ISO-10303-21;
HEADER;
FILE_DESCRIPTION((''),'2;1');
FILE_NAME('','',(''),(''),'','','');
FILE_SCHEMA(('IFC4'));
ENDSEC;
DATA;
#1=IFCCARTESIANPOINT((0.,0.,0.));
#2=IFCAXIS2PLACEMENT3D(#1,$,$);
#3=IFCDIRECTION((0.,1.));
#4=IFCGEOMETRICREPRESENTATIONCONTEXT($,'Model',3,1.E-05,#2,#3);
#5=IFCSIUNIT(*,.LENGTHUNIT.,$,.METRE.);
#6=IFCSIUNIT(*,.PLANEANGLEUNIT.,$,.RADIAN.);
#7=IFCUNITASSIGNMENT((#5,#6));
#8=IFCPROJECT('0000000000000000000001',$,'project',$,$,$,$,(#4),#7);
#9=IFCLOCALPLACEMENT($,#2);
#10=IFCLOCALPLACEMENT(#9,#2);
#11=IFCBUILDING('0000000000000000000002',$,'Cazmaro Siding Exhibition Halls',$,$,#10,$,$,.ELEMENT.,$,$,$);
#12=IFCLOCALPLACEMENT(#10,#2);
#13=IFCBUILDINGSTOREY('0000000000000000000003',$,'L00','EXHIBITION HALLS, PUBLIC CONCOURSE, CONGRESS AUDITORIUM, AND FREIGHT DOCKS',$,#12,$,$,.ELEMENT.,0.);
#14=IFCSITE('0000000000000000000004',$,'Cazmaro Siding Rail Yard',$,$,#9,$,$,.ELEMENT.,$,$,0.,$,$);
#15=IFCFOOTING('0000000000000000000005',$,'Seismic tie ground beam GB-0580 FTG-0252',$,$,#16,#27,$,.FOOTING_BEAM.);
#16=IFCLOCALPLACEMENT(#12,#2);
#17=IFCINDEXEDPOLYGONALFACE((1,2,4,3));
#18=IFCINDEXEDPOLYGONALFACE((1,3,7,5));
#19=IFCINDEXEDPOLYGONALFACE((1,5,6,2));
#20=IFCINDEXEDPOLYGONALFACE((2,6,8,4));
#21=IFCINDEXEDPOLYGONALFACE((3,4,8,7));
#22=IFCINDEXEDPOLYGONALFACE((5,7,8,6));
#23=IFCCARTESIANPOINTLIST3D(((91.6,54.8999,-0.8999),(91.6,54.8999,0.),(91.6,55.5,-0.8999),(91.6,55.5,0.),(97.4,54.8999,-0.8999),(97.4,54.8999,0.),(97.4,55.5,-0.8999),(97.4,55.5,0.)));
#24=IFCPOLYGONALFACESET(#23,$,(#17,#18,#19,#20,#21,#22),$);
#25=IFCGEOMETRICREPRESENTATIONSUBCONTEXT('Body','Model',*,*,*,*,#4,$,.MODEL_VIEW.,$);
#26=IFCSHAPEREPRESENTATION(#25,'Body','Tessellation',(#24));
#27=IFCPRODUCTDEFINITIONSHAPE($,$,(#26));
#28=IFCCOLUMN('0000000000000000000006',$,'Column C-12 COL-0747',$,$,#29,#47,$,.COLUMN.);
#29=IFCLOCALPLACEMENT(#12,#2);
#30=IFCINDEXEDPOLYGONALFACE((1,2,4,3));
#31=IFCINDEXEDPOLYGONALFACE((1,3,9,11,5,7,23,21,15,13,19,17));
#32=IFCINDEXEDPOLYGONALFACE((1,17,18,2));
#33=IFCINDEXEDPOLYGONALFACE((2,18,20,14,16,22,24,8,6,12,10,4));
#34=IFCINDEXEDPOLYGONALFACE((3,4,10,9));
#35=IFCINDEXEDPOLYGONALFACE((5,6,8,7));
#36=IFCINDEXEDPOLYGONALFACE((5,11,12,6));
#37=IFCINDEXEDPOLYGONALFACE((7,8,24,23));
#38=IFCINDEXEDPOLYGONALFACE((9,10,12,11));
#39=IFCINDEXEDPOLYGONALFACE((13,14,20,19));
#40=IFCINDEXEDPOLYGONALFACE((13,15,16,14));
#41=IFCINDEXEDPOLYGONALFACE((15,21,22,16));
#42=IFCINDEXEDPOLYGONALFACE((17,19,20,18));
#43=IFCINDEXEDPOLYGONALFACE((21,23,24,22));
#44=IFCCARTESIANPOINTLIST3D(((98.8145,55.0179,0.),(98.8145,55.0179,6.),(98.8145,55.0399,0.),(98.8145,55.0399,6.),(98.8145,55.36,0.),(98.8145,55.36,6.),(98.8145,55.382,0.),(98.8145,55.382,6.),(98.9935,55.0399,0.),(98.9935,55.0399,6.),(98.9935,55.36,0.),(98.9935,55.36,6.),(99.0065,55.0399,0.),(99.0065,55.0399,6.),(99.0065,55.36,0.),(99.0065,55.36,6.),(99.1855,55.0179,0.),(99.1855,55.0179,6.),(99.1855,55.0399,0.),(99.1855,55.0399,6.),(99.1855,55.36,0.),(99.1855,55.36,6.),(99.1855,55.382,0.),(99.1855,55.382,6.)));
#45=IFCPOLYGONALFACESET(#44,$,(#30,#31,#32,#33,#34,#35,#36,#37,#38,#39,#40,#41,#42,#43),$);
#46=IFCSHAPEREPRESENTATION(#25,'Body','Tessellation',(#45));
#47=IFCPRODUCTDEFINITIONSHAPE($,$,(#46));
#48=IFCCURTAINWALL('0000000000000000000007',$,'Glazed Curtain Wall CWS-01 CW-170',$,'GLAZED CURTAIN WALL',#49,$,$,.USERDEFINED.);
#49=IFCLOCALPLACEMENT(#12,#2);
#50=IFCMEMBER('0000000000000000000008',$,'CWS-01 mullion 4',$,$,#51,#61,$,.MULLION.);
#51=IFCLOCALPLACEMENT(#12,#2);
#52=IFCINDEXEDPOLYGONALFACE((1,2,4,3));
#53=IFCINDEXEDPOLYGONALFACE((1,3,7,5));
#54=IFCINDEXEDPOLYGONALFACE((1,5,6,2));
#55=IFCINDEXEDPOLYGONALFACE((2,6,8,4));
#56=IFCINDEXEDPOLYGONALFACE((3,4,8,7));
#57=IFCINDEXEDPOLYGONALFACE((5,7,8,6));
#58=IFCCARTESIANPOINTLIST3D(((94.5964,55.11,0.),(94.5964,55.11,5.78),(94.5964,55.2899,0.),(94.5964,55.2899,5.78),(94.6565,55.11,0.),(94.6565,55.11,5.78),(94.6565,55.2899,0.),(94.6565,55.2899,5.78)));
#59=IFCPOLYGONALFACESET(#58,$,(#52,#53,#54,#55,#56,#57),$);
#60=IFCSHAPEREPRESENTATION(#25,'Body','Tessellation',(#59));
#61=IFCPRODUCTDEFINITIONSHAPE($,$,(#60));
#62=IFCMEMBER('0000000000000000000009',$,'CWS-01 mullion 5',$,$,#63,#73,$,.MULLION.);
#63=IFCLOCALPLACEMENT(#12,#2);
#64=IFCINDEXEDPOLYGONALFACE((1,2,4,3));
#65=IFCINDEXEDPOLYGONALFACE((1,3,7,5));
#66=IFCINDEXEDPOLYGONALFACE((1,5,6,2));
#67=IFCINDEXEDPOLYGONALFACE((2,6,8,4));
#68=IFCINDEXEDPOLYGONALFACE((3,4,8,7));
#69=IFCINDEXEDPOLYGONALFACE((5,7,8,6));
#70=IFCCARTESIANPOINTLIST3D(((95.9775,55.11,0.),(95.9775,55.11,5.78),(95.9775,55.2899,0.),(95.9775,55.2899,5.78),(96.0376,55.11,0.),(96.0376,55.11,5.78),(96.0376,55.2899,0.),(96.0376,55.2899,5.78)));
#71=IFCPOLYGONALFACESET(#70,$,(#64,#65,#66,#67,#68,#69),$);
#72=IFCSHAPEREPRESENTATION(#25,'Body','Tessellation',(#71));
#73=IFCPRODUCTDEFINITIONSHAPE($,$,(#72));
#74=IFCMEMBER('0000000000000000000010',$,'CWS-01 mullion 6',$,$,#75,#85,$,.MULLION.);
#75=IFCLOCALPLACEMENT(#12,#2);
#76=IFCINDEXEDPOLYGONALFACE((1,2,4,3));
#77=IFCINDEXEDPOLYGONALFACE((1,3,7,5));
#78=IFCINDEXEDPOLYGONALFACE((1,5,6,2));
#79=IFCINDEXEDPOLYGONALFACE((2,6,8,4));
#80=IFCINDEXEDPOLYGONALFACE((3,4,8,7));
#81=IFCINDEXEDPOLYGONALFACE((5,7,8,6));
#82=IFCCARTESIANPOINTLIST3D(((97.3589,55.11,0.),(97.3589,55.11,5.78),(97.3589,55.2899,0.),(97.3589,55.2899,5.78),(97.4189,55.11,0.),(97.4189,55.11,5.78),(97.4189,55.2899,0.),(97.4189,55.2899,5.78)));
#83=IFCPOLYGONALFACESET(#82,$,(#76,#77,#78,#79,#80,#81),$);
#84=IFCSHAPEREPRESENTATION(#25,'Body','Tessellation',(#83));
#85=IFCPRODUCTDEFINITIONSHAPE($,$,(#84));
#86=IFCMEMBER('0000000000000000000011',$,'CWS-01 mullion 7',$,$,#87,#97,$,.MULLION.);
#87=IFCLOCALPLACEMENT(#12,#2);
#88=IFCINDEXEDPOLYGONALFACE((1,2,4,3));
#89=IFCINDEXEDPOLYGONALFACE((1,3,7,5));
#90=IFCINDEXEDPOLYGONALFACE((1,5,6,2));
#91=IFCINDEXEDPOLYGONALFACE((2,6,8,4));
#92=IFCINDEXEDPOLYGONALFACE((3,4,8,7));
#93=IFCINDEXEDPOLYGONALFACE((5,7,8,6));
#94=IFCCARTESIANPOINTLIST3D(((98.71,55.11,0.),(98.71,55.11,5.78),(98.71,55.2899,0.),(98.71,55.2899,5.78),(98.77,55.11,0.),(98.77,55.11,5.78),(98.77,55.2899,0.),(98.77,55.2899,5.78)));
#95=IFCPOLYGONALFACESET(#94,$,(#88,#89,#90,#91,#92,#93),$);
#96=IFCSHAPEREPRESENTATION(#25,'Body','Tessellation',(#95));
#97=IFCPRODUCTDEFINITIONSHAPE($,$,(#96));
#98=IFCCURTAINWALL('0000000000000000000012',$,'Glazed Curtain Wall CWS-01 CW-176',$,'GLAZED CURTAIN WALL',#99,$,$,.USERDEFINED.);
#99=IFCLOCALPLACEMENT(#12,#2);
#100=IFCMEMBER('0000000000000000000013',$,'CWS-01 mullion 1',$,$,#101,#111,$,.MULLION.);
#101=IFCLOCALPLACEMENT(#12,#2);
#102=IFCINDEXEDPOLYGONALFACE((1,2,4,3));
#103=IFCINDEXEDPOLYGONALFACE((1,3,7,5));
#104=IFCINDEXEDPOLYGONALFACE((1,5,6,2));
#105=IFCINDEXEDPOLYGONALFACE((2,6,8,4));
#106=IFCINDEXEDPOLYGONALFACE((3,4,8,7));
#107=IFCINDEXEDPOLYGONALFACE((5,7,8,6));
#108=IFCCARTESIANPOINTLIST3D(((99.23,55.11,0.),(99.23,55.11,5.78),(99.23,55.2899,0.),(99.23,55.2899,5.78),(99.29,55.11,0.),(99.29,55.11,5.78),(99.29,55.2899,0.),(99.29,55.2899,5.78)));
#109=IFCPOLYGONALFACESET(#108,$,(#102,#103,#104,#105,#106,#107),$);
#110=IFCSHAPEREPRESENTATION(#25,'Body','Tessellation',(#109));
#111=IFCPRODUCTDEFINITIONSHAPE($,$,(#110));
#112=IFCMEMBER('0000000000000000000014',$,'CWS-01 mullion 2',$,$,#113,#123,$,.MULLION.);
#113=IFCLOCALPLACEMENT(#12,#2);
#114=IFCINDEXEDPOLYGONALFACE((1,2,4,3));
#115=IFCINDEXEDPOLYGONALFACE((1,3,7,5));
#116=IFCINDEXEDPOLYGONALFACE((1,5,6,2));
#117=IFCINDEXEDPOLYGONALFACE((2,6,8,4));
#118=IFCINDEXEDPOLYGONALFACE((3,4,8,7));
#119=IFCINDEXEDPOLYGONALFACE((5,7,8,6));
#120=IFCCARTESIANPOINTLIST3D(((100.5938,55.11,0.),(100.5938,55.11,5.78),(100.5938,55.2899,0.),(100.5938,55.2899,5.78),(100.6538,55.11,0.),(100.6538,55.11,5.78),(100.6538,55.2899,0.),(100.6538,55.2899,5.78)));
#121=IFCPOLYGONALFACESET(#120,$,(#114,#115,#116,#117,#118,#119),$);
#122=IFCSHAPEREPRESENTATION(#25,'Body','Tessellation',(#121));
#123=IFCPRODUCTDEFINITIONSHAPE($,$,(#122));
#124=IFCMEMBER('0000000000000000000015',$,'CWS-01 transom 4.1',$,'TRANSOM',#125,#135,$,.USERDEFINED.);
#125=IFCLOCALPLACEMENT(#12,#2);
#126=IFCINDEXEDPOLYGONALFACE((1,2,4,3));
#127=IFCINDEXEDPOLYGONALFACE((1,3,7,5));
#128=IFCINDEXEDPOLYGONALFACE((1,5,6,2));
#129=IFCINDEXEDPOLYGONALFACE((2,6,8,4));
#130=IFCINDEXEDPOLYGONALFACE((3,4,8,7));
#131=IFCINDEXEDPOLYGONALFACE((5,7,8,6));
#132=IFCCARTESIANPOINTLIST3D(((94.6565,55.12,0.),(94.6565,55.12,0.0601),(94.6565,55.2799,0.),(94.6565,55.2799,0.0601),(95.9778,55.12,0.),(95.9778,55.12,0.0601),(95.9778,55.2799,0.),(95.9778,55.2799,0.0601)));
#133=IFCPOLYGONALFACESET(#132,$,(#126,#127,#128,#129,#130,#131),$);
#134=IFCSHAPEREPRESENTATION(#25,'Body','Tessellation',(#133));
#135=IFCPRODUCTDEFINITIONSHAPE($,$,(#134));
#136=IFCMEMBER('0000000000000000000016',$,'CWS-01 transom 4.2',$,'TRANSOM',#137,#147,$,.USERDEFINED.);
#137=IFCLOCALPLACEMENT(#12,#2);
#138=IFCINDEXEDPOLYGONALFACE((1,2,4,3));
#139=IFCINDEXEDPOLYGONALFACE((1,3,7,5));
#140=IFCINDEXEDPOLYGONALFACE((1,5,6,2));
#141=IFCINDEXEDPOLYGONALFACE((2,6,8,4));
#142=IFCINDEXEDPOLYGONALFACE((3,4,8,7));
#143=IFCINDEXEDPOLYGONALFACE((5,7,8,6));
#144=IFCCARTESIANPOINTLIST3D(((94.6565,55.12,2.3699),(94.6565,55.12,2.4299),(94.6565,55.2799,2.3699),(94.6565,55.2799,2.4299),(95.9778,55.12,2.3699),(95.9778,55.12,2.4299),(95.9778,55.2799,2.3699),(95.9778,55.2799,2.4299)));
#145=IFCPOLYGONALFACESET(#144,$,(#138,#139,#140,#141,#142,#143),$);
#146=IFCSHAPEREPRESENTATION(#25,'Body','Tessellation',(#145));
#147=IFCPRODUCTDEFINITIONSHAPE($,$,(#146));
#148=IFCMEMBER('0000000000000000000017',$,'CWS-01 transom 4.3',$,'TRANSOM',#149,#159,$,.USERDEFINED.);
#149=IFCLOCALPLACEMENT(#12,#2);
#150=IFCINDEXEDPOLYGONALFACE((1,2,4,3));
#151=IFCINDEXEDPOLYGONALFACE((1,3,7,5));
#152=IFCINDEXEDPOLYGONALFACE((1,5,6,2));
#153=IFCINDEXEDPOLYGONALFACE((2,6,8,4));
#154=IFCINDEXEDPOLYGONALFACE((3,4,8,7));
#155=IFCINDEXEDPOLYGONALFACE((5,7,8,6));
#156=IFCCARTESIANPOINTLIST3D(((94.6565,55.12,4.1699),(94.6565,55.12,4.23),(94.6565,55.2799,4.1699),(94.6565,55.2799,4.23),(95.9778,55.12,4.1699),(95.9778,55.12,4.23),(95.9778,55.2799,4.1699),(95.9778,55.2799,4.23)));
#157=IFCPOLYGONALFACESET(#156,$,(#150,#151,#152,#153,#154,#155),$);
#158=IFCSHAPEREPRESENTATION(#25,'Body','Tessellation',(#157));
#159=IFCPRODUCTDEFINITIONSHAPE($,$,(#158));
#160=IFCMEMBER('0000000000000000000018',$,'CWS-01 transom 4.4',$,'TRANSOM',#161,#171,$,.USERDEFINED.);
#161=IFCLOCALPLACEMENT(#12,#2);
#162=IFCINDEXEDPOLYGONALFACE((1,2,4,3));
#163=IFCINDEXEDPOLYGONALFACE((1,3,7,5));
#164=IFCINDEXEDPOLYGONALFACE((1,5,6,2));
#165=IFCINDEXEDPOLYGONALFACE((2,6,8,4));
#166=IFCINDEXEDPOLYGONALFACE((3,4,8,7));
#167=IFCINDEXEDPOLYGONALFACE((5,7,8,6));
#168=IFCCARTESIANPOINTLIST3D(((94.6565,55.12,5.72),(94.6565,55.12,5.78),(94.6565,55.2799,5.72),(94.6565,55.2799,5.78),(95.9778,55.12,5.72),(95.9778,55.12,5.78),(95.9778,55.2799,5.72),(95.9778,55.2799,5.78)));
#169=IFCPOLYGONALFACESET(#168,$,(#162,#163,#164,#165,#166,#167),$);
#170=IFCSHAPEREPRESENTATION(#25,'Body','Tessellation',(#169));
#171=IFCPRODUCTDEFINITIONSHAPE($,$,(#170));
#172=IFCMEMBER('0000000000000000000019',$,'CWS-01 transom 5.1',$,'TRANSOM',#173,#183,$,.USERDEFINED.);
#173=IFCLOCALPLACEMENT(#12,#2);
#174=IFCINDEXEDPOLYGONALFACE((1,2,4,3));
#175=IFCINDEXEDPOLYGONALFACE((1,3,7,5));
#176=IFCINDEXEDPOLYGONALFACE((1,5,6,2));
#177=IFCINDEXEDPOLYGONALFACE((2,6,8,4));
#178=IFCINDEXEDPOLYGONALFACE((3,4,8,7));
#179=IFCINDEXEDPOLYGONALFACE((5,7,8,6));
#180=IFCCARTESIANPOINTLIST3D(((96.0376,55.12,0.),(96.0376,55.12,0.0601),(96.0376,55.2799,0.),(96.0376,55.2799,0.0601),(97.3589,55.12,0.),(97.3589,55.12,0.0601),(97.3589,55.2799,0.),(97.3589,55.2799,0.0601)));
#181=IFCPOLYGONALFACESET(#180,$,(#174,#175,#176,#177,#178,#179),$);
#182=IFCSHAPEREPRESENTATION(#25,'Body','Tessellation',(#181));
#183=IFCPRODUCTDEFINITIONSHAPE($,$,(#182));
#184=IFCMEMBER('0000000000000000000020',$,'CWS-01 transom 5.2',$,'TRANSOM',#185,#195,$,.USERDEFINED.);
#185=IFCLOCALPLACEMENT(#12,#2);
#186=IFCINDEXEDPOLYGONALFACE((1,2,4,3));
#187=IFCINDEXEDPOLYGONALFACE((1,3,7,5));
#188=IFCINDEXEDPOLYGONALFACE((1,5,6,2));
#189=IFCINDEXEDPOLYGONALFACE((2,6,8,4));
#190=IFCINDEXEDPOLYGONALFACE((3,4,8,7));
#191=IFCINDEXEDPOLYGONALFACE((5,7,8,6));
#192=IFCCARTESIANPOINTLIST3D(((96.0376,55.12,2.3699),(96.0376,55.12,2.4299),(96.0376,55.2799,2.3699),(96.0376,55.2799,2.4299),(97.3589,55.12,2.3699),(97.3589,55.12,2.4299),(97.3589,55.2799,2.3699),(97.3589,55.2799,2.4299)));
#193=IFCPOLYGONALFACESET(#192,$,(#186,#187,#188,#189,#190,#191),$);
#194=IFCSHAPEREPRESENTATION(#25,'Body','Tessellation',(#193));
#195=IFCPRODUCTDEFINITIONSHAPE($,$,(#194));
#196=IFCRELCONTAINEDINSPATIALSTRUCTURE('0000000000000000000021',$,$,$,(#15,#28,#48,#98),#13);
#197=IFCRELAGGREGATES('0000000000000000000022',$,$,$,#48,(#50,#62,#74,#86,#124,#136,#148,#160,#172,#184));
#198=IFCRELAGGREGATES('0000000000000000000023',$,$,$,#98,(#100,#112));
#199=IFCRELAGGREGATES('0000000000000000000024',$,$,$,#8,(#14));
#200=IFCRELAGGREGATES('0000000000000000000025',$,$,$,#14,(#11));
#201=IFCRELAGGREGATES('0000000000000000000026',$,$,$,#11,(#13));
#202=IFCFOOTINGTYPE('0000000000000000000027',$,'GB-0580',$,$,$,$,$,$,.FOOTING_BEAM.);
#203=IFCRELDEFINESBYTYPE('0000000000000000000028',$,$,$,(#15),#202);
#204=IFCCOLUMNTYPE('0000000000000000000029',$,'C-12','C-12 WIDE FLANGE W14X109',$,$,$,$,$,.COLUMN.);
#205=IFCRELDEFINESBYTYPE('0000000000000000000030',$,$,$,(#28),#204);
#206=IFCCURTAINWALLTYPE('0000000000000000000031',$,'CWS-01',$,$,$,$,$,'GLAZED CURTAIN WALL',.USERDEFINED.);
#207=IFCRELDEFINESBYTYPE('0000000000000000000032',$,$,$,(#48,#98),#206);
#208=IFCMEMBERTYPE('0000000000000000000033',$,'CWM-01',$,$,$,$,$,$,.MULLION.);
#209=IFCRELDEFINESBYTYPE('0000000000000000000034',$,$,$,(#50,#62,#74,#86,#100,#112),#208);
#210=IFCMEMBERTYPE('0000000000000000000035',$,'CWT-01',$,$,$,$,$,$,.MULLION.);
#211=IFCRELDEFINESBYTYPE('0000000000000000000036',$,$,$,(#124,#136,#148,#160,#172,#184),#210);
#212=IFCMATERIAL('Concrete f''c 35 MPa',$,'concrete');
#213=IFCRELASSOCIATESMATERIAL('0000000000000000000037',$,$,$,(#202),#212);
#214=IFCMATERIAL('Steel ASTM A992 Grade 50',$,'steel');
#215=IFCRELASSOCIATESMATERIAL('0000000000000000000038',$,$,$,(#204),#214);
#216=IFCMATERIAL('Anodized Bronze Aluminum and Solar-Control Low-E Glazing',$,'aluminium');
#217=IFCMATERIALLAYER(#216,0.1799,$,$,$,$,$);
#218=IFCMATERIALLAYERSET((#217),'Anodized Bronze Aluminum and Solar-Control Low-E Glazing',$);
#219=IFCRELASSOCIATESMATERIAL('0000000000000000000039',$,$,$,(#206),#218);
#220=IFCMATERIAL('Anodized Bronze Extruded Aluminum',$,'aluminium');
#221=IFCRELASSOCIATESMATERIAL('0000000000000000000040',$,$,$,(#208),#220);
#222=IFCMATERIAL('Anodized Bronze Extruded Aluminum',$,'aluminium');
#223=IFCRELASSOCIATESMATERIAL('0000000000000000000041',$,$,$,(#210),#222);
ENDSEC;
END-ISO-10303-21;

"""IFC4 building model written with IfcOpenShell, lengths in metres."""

from ifc_helpers import new_model, si_unit, direction, frame, origin, origin_2d, place, context, subcontext, project, spatial, rectangle, i_section, extrude, material, layer, layer_set, material_profile, profile_set, type_object, element, aggregate, save


model = new_model("IFC4")

# Units and contexts
model_context = context("Model", 3, precision=1e-05, world=origin(), true_north=direction((0.0, 1.0)))
body_context = subcontext(model_context, "Body", "Model", "MODEL_VIEW")
ifc_project = project(units=[si_unit("LENGTHUNIT", "METRE"), si_unit("PLANEANGLEUNIT", "RADIAN")], contexts=[model_context])

# Site, building, storey
site_placement = place(None, origin())
site = spatial("IfcSite", under=ifc_project, at=site_placement, Name="Cazmaro Siding Rail Yard", CompositionType="ELEMENT", RefElevation=0.0)
building_placement = place(site_placement, origin())
building = spatial("IfcBuilding", under=site, at=building_placement, Name="Cazmaro Siding Exhibition Halls", CompositionType="ELEMENT")
storey_placement = place(building_placement, origin())
storey = spatial("IfcBuildingStorey", under=building, at=storey_placement, Name="L00", Description="EXHIBITION HALLS, PUBLIC CONCOURSE, CONGRESS AUDITORIUM, AND FREIGHT DOCKS", CompositionType="ELEMENT", Elevation=0.0)

# Footing
ifc_material_1 = material(Name="Concrete f'c 35 MPa", Category="concrete")
footing_type = type_object("IfcFootingType", Name="GB-0580", PredefinedType="FOOTING_BEAM", material=ifc_material_1)
footing_placement = place(storey_placement, frame((94.5, 55.2, -0.8999), z_axis=(0.0, 0.0, 1.0), x_axis=(1.0, 0.0, 0.0)))
element("IfcFooting", 1, at=footing_placement, inside=storey, type_object=footing_type, Name="Seismic tie ground beam GB-0580 FTG-0252", PredefinedType="FOOTING_BEAM", context=body_context, shape_type="SweptSolid", body=[
    extrude(rectangle(XDim=5.8, YDim=0.6001, at=origin_2d()), origin(), (0.0, 0.0, 1.0), 0.8999),
])

# Column
ifc_material_2 = material(Name="Steel ASTM A992 Grade 50", Category="steel")
ifc_material_profile_1 = material_profile(ifc_material_2, i_section(OverallWidth=0.3711, OverallDepth=0.364, WebThickness=0.0129, FlangeThickness=0.022, at=origin_2d()), Name="W14X109")
ifc_profile_set_1 = profile_set([ifc_material_profile_1], Name="Steel ASTM A992 Grade 50")
column_type = type_object("IfcColumnType", Name="C-12", Description="C-12 WIDE FLANGE W14X109", PredefinedType="COLUMN", material=ifc_profile_set_1)
column_placement = place(storey_placement, frame((99.0, 55.2, 0.0), z_axis=(0.0, 0.0, 1.0), x_axis=(1.0, 0.0, 0.0)))
element("IfcColumn", 2, at=column_placement, inside=storey, type_object=column_type, Name="Column C-12 COL-0747", PredefinedType="COLUMN", context=body_context, shape_type="SweptSolid", body=[
    extrude(i_section(OverallWidth=0.3711, OverallDepth=0.364, WebThickness=0.0129, FlangeThickness=0.022, at=origin_2d()), origin(), (0.0, 0.0, 1.0), 6.0),
])

# Curtain walls, members
ifc_material_3 = material(Name="Anodized Bronze Aluminum and Solar-Control Low-E Glazing", Category="aluminium")
ifc_layer_1 = layer(ifc_material_3, 0.1799)
ifc_layer_set_1 = layer_set([ifc_layer_1], Name="Anodized Bronze Aluminum and Solar-Control Low-E Glazing")
curtain_wall_type = type_object("IfcCurtainWallType", Name="CWS-01", ElementType="GLAZED CURTAIN WALL", PredefinedType="USERDEFINED", material=ifc_layer_set_1)
curtain_wall_1_placement = place(storey_placement, origin())
curtain_wall_1 = element("IfcCurtainWall", 3, at=curtain_wall_1_placement, inside=storey, type_object=curtain_wall_type, Name="Glazed Curtain Wall CWS-01 CW-170", ObjectType="GLAZED CURTAIN WALL", PredefinedType="USERDEFINED")
ifc_material_4 = material(Name="Anodized Bronze Extruded Aluminum", Category="aluminium")
ifc_material_profile_2 = material_profile(ifc_material_4, rectangle(XDim=0.1799, YDim=0.0601, at=origin_2d()), Name="CWM-01")
ifc_profile_set_2 = profile_set([ifc_material_profile_2], Name="Anodized Bronze Extruded Aluminum")
member_type_1 = type_object("IfcMemberType", Name="CWM-01", PredefinedType="MULLION", material=ifc_profile_set_2)
member_1_placement = place(storey_placement, frame((94.6265, 55.2, 0.0), z_axis=(0.0, 0.0, 1.0), x_axis=(0.0, 1.0, 0.0)))
member_1 = element("IfcMember", 4, at=member_1_placement, type_object=member_type_1, Name="CWS-01 mullion 4", PredefinedType="MULLION", context=body_context, shape_type="SweptSolid", body=[
    extrude(rectangle(XDim=0.1799, YDim=0.0601, at=origin_2d()), origin(), (0.0, 0.0, 1.0), 5.78),
])
member_2_placement = place(storey_placement, frame((96.0076, 55.2, 0.0), z_axis=(0.0, 0.0, 1.0), x_axis=(0.0, 1.0, 0.0)))
member_2 = element("IfcMember", 5, at=member_2_placement, type_object=member_type_1, Name="CWS-01 mullion 5", PredefinedType="MULLION", context=body_context, shape_type="SweptSolid", body=[
    extrude(rectangle(XDim=0.1799, YDim=0.0601, at=origin_2d()), origin(), (0.0, 0.0, 1.0), 5.78),
])
member_3_placement = place(storey_placement, frame((97.3889, 55.2, 0.0), z_axis=(0.0, 0.0, 1.0), x_axis=(0.0, 1.0, 0.0)))
member_3 = element("IfcMember", 6, at=member_3_placement, type_object=member_type_1, Name="CWS-01 mullion 6", PredefinedType="MULLION", context=body_context, shape_type="SweptSolid", body=[
    extrude(rectangle(XDim=0.1799, YDim=0.0601, at=origin_2d()), origin(), (0.0, 0.0, 1.0), 5.78),
])
member_4_placement = place(storey_placement, frame((98.74, 55.2, 0.0), z_axis=(0.0, 0.0, 1.0), x_axis=(0.0, 1.0, 0.0)))
member_4 = element("IfcMember", 7, at=member_4_placement, type_object=member_type_1, Name="CWS-01 mullion 7", PredefinedType="MULLION", context=body_context, shape_type="SweptSolid", body=[
    extrude(rectangle(XDim=0.1799, YDim=0.0601, at=origin_2d()), origin(), (0.0, 0.0, 1.0), 5.78),
])
curtain_wall_2_placement = place(storey_placement, origin())
curtain_wall_2 = element("IfcCurtainWall", 8, at=curtain_wall_2_placement, inside=storey, type_object=curtain_wall_type, Name="Glazed Curtain Wall CWS-01 CW-176", ObjectType="GLAZED CURTAIN WALL", PredefinedType="USERDEFINED")
member_5_placement = place(storey_placement, frame((99.26, 55.2, 0.0), z_axis=(0.0, 0.0, 1.0), x_axis=(0.0, 1.0, 0.0)))
member_5 = element("IfcMember", 9, at=member_5_placement, type_object=member_type_1, Name="CWS-01 mullion 1", PredefinedType="MULLION", context=body_context, shape_type="SweptSolid", body=[
    extrude(rectangle(XDim=0.1799, YDim=0.0601, at=origin_2d()), origin(), (0.0, 0.0, 1.0), 5.78),
])
member_6_placement = place(storey_placement, frame((100.6238, 55.2, 0.0), z_axis=(0.0, 0.0, 1.0), x_axis=(0.0, 1.0, 0.0)))
member_6 = element("IfcMember", 10, at=member_6_placement, type_object=member_type_1, Name="CWS-01 mullion 2", PredefinedType="MULLION", context=body_context, shape_type="SweptSolid", body=[
    extrude(rectangle(XDim=0.1799, YDim=0.0601, at=origin_2d()), origin(), (0.0, 0.0, 1.0), 5.78),
])

# Members
ifc_material_5 = material(Name="Anodized Bronze Extruded Aluminum", Category="aluminium")
ifc_material_profile_3 = material_profile(ifc_material_5, rectangle(XDim=0.1599, YDim=0.0601, at=origin_2d()), Name="CWT-01")
ifc_profile_set_3 = profile_set([ifc_material_profile_3], Name="Anodized Bronze Extruded Aluminum")
member_type_2 = type_object("IfcMemberType", Name="CWT-01", PredefinedType="MULLION", material=ifc_profile_set_3)
member_7_placement = place(storey_placement, frame((94.6565, 55.2, 0.03), z_axis=(1.0, 0.0, 0.0), x_axis=(0.0, 1.0, 0.0)))
member_7 = element("IfcMember", 11, at=member_7_placement, type_object=member_type_2, Name="CWS-01 transom 4.1", ObjectType="TRANSOM", PredefinedType="USERDEFINED", context=body_context, shape_type="SweptSolid", body=[
    extrude(rectangle(XDim=0.1599, YDim=0.0601, at=origin_2d()), origin(), (0.0, 0.0, 1.0), 1.3213),
])
member_8_placement = place(storey_placement, frame((94.6565, 55.2, 2.3999), z_axis=(1.0, 0.0, 0.0), x_axis=(0.0, 1.0, 0.0)))
member_8 = element("IfcMember", 12, at=member_8_placement, type_object=member_type_2, Name="CWS-01 transom 4.2", ObjectType="TRANSOM", PredefinedType="USERDEFINED", context=body_context, shape_type="SweptSolid", body=[
    extrude(rectangle(XDim=0.1599, YDim=0.0601, at=origin_2d()), origin(), (0.0, 0.0, 1.0), 1.3213),
])
member_9_placement = place(storey_placement, frame((94.6565, 55.2, 4.2), z_axis=(1.0, 0.0, 0.0), x_axis=(0.0, 1.0, 0.0)))
member_9 = element("IfcMember", 13, at=member_9_placement, type_object=member_type_2, Name="CWS-01 transom 4.3", ObjectType="TRANSOM", PredefinedType="USERDEFINED", context=body_context, shape_type="SweptSolid", body=[
    extrude(rectangle(XDim=0.1599, YDim=0.0601, at=origin_2d()), origin(), (0.0, 0.0, 1.0), 1.3213),
])
member_10_placement = place(storey_placement, frame((94.6565, 55.2, 5.75), z_axis=(1.0, 0.0, 0.0), x_axis=(0.0, 1.0, 0.0)))
member_10 = element("IfcMember", 14, at=member_10_placement, type_object=member_type_2, Name="CWS-01 transom 4.4", ObjectType="TRANSOM", PredefinedType="USERDEFINED", context=body_context, shape_type="SweptSolid", body=[
    extrude(rectangle(XDim=0.1599, YDim=0.0601, at=origin_2d()), origin(), (0.0, 0.0, 1.0), 1.3213),
])
member_11_placement = place(storey_placement, frame((96.0376, 55.2, 0.03), z_axis=(1.0, 0.0, 0.0), x_axis=(0.0, 1.0, 0.0)))
member_11 = element("IfcMember", 15, at=member_11_placement, type_object=member_type_2, Name="CWS-01 transom 5.1", ObjectType="TRANSOM", PredefinedType="USERDEFINED", context=body_context, shape_type="SweptSolid", body=[
    extrude(rectangle(XDim=0.1599, YDim=0.0601, at=origin_2d()), origin(), (0.0, 0.0, 1.0), 1.3213),
])
member_12_placement = place(storey_placement, frame((96.0376, 55.2, 2.3999), z_axis=(1.0, 0.0, 0.0), x_axis=(0.0, 1.0, 0.0)))
member_12 = element("IfcMember", 16, at=member_12_placement, type_object=member_type_2, Name="CWS-01 transom 5.2", ObjectType="TRANSOM", PredefinedType="USERDEFINED", context=body_context, shape_type="SweptSolid", body=[
    extrude(rectangle(XDim=0.1599, YDim=0.0601, at=origin_2d()), origin(), (0.0, 0.0, 1.0), 1.3213),
])

aggregate(curtain_wall_1, [member_1, member_2, member_3, member_4, member_7, member_8, member_9, member_10, member_11, member_12])
aggregate(curtain_wall_2, [member_5, member_6])

save(model, "model.ifc")
